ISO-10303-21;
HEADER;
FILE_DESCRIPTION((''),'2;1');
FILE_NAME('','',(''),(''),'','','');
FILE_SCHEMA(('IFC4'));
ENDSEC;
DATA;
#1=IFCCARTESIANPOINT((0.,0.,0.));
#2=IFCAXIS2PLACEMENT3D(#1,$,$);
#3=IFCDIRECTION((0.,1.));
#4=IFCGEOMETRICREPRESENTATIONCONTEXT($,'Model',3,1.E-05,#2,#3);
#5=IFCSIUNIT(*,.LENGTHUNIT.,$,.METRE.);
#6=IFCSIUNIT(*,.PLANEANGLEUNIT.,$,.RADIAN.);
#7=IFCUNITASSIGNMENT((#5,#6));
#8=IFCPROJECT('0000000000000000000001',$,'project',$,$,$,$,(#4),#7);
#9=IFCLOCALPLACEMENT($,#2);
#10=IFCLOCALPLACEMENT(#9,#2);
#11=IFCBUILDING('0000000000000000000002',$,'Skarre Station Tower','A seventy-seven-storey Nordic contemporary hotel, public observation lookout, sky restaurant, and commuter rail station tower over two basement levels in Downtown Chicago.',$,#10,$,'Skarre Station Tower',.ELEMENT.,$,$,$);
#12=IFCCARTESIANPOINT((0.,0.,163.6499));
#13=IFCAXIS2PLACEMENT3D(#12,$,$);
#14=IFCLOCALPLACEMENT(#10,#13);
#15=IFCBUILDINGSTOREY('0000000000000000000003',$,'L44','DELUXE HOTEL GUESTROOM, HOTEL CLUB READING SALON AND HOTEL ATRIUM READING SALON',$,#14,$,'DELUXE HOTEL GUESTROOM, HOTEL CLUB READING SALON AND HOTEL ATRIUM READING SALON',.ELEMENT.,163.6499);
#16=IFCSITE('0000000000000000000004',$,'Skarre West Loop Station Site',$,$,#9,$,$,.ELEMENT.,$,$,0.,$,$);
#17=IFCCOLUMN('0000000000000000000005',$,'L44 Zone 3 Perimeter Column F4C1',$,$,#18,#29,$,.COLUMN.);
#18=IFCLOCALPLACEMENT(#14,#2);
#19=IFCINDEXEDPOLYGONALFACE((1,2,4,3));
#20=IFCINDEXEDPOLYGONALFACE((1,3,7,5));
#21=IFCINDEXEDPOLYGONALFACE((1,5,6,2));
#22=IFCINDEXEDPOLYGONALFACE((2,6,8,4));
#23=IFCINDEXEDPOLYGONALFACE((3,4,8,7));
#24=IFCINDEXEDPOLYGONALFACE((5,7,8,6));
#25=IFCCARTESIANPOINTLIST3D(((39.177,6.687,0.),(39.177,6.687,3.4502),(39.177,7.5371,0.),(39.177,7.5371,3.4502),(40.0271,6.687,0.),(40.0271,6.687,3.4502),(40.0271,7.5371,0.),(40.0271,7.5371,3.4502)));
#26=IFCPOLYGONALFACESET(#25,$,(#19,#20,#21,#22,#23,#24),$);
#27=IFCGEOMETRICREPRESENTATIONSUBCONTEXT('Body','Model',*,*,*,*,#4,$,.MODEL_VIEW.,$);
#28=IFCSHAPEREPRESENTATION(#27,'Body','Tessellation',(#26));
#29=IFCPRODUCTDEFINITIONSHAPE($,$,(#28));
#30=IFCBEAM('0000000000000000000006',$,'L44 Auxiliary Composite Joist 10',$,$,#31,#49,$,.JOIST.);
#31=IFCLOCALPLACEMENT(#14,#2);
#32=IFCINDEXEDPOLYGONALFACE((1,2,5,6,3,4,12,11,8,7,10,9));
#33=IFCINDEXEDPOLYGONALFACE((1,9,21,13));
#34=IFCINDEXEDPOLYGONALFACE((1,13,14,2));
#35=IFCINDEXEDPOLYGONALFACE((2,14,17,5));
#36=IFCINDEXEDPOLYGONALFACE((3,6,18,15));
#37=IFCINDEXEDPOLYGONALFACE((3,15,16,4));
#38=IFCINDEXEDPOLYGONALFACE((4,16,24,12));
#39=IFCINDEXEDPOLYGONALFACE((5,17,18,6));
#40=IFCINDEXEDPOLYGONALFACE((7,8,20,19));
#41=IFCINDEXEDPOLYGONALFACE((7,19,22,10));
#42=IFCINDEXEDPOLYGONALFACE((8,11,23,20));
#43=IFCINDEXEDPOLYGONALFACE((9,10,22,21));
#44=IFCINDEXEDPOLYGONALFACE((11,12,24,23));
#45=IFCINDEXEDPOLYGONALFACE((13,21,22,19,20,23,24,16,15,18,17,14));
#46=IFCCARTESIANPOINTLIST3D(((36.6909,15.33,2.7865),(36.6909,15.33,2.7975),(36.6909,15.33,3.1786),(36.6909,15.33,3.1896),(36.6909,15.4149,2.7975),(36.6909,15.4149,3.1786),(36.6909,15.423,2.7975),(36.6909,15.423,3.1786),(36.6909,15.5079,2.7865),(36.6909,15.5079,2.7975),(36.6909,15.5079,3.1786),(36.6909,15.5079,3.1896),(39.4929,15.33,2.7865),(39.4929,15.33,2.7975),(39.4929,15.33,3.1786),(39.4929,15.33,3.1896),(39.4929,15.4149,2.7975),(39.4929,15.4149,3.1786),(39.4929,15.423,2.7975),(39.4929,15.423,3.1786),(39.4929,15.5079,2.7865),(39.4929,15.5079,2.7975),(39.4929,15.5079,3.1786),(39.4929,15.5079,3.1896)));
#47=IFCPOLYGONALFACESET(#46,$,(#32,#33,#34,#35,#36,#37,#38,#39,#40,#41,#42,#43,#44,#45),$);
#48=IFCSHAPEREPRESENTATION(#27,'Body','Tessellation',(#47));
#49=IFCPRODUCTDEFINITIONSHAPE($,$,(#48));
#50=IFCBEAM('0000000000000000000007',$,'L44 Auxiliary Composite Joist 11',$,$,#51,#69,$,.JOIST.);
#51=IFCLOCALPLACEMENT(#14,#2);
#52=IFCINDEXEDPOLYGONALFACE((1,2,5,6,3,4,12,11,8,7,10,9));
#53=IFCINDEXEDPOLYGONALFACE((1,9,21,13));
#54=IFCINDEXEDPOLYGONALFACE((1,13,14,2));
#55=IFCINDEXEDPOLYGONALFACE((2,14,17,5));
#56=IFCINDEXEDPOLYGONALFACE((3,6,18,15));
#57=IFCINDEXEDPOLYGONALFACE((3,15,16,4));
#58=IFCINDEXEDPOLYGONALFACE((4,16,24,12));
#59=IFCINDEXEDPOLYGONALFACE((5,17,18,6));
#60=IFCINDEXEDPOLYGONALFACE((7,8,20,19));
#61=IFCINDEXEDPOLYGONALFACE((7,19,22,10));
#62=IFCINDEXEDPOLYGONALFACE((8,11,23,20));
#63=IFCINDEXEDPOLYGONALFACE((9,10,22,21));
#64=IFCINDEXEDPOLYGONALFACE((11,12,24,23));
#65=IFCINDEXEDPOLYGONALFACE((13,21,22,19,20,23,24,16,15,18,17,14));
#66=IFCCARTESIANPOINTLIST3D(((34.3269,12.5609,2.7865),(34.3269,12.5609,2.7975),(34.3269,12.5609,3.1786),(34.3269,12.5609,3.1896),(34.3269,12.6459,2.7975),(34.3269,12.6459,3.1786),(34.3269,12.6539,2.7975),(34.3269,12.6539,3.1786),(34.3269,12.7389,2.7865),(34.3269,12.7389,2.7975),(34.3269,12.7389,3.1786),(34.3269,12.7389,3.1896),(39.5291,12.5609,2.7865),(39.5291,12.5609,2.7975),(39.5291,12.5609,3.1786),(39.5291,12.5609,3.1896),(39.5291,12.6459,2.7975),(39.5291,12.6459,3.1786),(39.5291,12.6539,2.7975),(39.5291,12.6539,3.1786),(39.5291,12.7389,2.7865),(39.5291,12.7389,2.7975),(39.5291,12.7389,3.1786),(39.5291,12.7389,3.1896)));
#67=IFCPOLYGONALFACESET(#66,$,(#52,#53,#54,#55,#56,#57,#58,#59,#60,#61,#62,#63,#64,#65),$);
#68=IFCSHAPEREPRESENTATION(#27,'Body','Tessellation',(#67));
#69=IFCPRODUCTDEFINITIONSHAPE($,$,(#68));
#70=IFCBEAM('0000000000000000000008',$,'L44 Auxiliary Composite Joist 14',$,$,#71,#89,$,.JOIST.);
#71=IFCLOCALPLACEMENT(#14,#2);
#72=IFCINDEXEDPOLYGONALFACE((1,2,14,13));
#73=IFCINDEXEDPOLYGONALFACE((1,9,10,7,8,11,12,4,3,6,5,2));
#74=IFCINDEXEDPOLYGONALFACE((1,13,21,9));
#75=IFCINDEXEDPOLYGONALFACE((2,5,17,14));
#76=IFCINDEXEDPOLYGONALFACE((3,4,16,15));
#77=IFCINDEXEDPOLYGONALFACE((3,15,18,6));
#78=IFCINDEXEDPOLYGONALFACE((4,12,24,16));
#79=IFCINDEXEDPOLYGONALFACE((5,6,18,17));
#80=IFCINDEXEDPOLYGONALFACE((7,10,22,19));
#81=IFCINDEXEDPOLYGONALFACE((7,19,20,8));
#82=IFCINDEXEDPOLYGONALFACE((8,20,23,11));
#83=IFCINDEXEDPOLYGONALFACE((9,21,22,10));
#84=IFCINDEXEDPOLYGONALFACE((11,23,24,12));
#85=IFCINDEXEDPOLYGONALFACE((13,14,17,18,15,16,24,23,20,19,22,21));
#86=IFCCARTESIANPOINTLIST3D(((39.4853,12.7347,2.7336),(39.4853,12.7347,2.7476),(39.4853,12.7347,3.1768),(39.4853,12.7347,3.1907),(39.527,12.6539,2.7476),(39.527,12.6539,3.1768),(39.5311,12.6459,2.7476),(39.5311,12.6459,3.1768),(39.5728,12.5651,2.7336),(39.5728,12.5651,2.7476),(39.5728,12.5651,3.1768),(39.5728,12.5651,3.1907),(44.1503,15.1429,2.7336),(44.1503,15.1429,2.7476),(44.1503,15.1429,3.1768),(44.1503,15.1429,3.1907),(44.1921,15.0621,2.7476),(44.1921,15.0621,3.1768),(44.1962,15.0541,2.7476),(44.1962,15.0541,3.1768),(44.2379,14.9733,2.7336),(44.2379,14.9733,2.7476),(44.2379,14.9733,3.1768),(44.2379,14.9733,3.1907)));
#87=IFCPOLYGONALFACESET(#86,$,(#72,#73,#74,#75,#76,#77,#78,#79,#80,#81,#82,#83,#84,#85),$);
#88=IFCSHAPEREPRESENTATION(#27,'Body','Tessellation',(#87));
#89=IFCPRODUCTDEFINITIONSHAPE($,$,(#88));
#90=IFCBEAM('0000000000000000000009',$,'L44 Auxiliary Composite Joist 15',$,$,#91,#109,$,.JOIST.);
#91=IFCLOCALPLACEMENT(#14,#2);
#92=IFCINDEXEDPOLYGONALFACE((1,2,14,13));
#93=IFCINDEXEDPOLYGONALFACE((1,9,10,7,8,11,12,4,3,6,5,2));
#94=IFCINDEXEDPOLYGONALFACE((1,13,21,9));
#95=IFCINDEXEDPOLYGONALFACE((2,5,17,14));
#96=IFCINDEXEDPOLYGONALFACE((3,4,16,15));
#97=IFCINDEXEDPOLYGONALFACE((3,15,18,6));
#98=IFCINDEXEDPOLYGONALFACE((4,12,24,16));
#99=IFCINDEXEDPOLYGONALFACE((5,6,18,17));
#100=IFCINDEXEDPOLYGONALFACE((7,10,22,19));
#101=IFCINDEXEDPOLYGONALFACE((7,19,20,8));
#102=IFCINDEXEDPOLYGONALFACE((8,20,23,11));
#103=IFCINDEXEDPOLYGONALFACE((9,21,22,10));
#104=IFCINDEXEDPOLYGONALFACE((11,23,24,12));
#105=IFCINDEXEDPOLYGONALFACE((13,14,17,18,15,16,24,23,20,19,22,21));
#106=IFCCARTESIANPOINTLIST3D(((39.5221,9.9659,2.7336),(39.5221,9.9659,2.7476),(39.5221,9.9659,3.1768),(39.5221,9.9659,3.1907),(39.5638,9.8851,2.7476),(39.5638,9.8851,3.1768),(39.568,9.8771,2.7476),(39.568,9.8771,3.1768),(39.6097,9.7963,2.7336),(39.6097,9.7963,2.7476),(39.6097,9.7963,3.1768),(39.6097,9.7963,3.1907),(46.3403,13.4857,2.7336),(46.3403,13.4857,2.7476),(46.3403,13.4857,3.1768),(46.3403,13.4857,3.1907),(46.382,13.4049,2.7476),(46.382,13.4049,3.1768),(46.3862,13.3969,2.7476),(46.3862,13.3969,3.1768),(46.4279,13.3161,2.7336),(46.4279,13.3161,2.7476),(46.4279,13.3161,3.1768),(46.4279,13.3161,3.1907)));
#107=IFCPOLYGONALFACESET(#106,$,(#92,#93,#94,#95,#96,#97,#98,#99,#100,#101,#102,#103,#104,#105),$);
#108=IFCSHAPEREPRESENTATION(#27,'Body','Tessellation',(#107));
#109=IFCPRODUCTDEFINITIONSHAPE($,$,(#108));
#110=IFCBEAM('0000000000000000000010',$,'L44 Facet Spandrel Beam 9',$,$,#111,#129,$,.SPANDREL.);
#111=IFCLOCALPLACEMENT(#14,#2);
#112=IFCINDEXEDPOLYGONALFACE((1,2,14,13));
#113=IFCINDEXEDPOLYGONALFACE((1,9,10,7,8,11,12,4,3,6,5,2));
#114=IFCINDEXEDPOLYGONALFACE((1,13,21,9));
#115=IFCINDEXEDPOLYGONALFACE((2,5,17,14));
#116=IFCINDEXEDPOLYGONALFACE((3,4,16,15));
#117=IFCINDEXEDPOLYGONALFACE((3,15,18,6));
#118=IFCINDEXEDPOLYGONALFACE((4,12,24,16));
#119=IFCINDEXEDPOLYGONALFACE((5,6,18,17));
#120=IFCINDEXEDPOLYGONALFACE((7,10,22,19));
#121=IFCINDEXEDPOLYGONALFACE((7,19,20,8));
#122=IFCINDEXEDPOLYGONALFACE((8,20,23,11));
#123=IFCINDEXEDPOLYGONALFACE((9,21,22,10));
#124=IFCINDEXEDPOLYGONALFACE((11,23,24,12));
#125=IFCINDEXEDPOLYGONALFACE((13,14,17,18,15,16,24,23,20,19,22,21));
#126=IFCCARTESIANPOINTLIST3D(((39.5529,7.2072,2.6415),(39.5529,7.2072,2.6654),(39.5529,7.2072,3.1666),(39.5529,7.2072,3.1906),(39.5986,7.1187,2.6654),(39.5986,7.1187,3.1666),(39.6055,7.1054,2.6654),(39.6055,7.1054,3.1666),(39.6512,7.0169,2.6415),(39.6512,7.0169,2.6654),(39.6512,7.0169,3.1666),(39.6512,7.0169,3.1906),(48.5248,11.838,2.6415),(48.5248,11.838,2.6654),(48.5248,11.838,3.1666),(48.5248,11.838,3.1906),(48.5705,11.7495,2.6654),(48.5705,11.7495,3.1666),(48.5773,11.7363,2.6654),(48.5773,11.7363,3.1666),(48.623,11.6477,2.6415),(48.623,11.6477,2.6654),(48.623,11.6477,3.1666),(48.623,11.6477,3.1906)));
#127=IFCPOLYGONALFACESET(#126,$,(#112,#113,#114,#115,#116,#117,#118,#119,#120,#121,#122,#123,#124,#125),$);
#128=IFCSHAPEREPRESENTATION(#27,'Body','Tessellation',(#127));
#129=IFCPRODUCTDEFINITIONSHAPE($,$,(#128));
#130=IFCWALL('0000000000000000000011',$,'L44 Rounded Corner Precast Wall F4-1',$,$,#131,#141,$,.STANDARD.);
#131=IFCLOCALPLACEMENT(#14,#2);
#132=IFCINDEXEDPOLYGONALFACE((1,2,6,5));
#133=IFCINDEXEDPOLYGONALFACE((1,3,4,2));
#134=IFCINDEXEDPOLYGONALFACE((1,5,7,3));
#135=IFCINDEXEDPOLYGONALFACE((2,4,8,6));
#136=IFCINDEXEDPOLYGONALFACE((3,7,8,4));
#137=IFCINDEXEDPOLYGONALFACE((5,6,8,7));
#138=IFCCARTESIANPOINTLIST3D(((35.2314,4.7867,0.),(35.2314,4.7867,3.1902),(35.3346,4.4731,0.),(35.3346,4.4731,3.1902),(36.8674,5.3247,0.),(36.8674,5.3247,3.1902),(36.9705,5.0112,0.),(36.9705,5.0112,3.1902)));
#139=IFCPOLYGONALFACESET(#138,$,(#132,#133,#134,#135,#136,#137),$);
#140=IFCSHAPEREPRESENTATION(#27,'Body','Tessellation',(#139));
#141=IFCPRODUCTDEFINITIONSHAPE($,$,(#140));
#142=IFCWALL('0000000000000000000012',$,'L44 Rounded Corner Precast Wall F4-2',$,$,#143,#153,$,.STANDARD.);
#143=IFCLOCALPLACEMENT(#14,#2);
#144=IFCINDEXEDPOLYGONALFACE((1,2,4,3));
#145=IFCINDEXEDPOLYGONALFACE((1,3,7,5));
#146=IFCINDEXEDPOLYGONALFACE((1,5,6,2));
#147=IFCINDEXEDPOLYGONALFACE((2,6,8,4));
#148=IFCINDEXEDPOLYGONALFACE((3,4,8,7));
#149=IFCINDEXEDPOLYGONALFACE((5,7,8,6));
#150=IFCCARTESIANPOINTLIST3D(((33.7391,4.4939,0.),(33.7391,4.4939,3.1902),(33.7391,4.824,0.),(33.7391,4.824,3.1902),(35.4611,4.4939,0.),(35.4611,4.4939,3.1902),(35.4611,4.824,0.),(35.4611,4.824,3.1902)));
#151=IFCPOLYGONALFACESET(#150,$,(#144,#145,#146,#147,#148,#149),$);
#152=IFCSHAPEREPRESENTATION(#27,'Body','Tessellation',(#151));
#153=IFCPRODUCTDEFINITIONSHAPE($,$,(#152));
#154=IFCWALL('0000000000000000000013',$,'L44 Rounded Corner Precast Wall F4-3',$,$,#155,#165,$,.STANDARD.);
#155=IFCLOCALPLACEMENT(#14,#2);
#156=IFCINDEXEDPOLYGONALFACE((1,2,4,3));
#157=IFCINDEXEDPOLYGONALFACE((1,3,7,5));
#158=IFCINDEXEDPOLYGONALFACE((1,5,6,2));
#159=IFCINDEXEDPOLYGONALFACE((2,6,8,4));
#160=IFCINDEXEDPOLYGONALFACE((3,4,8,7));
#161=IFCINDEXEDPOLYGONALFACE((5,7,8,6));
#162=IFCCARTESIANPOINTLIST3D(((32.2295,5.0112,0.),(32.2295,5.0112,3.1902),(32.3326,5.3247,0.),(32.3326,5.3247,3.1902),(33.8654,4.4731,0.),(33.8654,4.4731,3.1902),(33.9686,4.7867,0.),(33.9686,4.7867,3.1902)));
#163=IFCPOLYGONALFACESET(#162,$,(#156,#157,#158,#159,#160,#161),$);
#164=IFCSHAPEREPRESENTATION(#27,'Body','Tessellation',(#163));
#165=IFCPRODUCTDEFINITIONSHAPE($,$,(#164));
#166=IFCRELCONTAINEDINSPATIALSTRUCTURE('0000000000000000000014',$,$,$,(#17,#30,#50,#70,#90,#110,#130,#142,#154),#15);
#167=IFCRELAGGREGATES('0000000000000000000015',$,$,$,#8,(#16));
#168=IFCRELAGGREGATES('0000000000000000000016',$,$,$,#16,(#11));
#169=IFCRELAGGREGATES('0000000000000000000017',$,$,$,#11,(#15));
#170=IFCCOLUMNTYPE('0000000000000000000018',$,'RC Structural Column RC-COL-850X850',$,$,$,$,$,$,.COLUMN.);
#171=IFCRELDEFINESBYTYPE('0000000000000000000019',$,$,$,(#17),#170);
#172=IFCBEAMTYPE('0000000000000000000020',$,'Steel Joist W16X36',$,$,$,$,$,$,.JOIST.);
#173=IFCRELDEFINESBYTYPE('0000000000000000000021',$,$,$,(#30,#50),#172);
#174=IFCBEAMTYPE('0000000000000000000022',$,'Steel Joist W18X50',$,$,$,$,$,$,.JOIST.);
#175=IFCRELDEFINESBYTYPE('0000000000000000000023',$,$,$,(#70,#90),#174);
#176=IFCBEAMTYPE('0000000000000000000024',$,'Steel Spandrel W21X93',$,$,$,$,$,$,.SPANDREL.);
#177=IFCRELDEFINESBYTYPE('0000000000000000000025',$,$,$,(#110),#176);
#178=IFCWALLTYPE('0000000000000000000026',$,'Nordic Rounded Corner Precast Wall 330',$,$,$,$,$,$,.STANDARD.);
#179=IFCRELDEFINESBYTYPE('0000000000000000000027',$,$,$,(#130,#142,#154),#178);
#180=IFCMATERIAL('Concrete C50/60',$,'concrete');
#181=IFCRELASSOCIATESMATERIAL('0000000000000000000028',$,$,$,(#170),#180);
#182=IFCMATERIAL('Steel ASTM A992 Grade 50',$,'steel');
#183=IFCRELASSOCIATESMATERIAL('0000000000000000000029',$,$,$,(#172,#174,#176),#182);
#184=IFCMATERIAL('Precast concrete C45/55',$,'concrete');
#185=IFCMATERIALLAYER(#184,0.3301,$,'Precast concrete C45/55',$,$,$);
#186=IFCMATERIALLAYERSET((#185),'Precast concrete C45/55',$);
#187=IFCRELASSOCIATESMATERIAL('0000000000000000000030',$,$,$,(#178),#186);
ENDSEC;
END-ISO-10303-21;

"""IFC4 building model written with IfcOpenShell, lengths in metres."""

from ifc_helpers import new_model, si_unit, direction, frame, frame_2d, origin, origin_2d, place, context, subcontext, project, spatial, rectangle, i_section, extrude, material, layer, layer_set, material_profile, profile_set, type_object, element, save


model = new_model("IFC4")

# Units and contexts
model_context = context("Model", 3, precision=1e-05, world=origin(), true_north=direction((0.0, 1.0)))
body_context = subcontext(model_context, "Body", "Model", "MODEL_VIEW")
ifc_project = project(units=[si_unit("LENGTHUNIT", "METRE"), si_unit("PLANEANGLEUNIT", "RADIAN")], contexts=[model_context])

# Site, building, storey
site_placement = place(None, origin())
site = spatial("IfcSite", under=ifc_project, at=site_placement, Name="Skarre West Loop Station Site", CompositionType="ELEMENT", RefElevation=0.0)
building_placement = place(site_placement, origin())
building = spatial("IfcBuilding", under=site, at=building_placement, Name="Skarre Station Tower", Description="A seventy-seven-storey Nordic contemporary hotel, public observation lookout, sky restaurant, and commuter rail station tower over two basement levels in Downtown Chicago.", LongName="Skarre Station Tower", CompositionType="ELEMENT")
storey_placement = place(building_placement, frame((0.0, 0.0, 163.6499)))
storey = spatial("IfcBuildingStorey", under=building, at=storey_placement, Name="L44", Description="DELUXE HOTEL GUESTROOM, HOTEL CLUB READING SALON AND HOTEL ATRIUM READING SALON", LongName="DELUXE HOTEL GUESTROOM, HOTEL CLUB READING SALON AND HOTEL ATRIUM READING SALON", CompositionType="ELEMENT", Elevation=163.6499)

# Column
ifc_material_1 = material(Name="Concrete C50/60", Category="concrete")
ifc_material_profile_1 = material_profile(ifc_material_1, rectangle(XDim=0.8501, YDim=0.8501, at=origin_2d()), Name="Concrete C50/60")
ifc_profile_set_1 = profile_set([ifc_material_profile_1], Name="Concrete C50/60")
column_type = type_object("IfcColumnType", Name="RC Structural Column RC-COL-850X850", PredefinedType="COLUMN", material=ifc_profile_set_1)
column_placement = place(storey_placement, frame((39.6021, 7.1121, 0.0), z_axis=(0.0, 0.0, 1.0), x_axis=(1.0, 0.0, 0.0)))
element("IfcColumn", 1, at=column_placement, inside=storey, type_object=column_type, Name="L44 Zone 3 Perimeter Column F4C1", PredefinedType="COLUMN", context=body_context, shape_type="SweptSolid", body=[
    extrude(rectangle(XDim=0.8501, YDim=0.8501, at=origin_2d()), origin(), (0.0, 0.0, 1.0), 3.4502),
])

# Beams
ifc_material_2 = material(Name="Steel ASTM A992 Grade 50", Category="steel")
ifc_material_profile_2 = material_profile(ifc_material_2, i_section(OverallWidth=0.178, OverallDepth=0.4031, WebThickness=0.0081, FlangeThickness=0.011, at=origin_2d()), Name="Steel ASTM A992 Grade 50")
ifc_profile_set_2 = profile_set([ifc_material_profile_2], Name="Steel ASTM A992 Grade 50")
beam_type_1 = type_object("IfcBeamType", Name="Steel Joist W16X36", PredefinedType="JOIST", material=ifc_profile_set_2)
beam_1_placement = place(storey_placement, frame((36.6909, 15.4189, 2.988), z_axis=(1.0, 0.0, 0.0), x_axis=(0.0, 1.0, 0.0)))
element("IfcBeam", 2, at=beam_1_placement, inside=storey, type_object=beam_type_1, Name="L44 Auxiliary Composite Joist 10", PredefinedType="JOIST", context=body_context, shape_type="SweptSolid", body=[
    extrude(i_section(OverallWidth=0.178, OverallDepth=0.4031, WebThickness=0.0081, FlangeThickness=0.011, at=origin_2d()), origin(), (0.0, 0.0, 1.0), 2.802),
])
beam_2_placement = place(storey_placement, frame((34.3269, 12.6499, 2.988), z_axis=(1.0, 0.0, 0.0), x_axis=(0.0, 1.0, 0.0)))
element("IfcBeam", 3, at=beam_2_placement, inside=storey, type_object=beam_type_1, Name="L44 Auxiliary Composite Joist 11", PredefinedType="JOIST", context=body_context, shape_type="SweptSolid", body=[
    extrude(i_section(OverallWidth=0.178, OverallDepth=0.4031, WebThickness=0.0081, FlangeThickness=0.011, at=origin_2d()), origin(), (0.0, 0.0, 1.0), 5.2021),
])
ifc_material_profile_3 = material_profile(ifc_material_2, i_section(OverallWidth=0.1909, OverallDepth=0.457, WebThickness=0.009, FlangeThickness=0.0139, at=origin_2d()), Name="Steel ASTM A992 Grade 50")
ifc_profile_set_3 = profile_set([ifc_material_profile_3], Name="Steel ASTM A992 Grade 50")
beam_type_2 = type_object("IfcBeamType", Name="Steel Joist W18X50", PredefinedType="JOIST", material=ifc_profile_set_3)
beam_3_placement = place(storey_placement, frame((39.5291, 12.6499, 2.9622), z_axis=(0.888586, 0.458709, 0.0), x_axis=(-0.458709, 0.888586, 0.0)))
element("IfcBeam", 4, at=beam_3_placement, inside=storey, type_object=beam_type_2, Name="L44 Auxiliary Composite Joist 14", PredefinedType="JOIST", context=body_context, shape_type="SweptSolid", body=[
    extrude(i_section(OverallWidth=0.1909, OverallDepth=0.457, WebThickness=0.009, FlangeThickness=0.0139, at=origin_2d()), origin(), (0.0, 0.0, 1.0), 5.25),
])
beam_4_placement = place(storey_placement, frame((39.5659, 9.8811, 2.9622), z_axis=(0.888581, 0.45872, 0.0), x_axis=(-0.45872, 0.888581, 0.0)))
element("IfcBeam", 5, at=beam_4_placement, inside=storey, type_object=beam_type_2, Name="L44 Auxiliary Composite Joist 15", PredefinedType="JOIST", context=body_context, shape_type="SweptSolid", body=[
    extrude(i_section(OverallWidth=0.1909, OverallDepth=0.457, WebThickness=0.009, FlangeThickness=0.0139, at=origin_2d()), origin(), (0.0, 0.0, 1.0), 7.6731),
])
ifc_material_profile_4 = material_profile(ifc_material_2, i_section(OverallWidth=0.2141, OverallDepth=0.5491, WebThickness=0.0149, FlangeThickness=0.0239, at=origin_2d()), Name="Steel ASTM A992 Grade 50")
ifc_profile_set_4 = profile_set([ifc_material_profile_4], Name="Steel ASTM A992 Grade 50")
beam_type_3 = type_object("IfcBeamType", Name="Steel Spandrel W21X93", PredefinedType="SPANDREL", material=ifc_profile_set_4)
beam_5_placement = place(storey_placement, frame((39.6021, 7.1121, 2.916), z_axis=(0.888613, 0.458658, 0.0), x_axis=(-0.458658, 0.888613, 0.0)))
element("IfcBeam", 6, at=beam_5_placement, inside=storey, type_object=beam_type_3, Name="L44 Facet Spandrel Beam 9", PredefinedType="SPANDREL", context=body_context, shape_type="SweptSolid", body=[
    extrude(i_section(OverallWidth=0.2141, OverallDepth=0.5491, WebThickness=0.0149, FlangeThickness=0.0239, at=origin_2d()), origin(), (0.0, 0.0, 1.0), 10.0964),
])

# Walls
ifc_material_3 = material(Name="Precast concrete C45/55", Category="concrete")
ifc_layer_1 = layer(ifc_material_3, 0.3301, Name="Precast concrete C45/55")
ifc_layer_set_1 = layer_set([ifc_layer_1], Name="Precast concrete C45/55")
wall_type_1 = type_object("IfcWallType", Name="Nordic Rounded Corner Precast Wall 330", PredefinedType="STANDARD", material=ifc_layer_set_1)
wall_1_placement = place(storey_placement, frame((36.9189, 5.168, 0.0), z_axis=(0.0, 0.0, 1.0), x_axis=(-0.949937, -0.31244, 0.0)))
element("IfcWall", 7, at=wall_1_placement, inside=storey, type_object=wall_type_1, Name="L44 Rounded Corner Precast Wall F4-1", PredefinedType="STANDARD", context=body_context, shape_type="SweptSolid", body=[
    extrude(rectangle(XDim=1.7222, YDim=0.3301, at=frame_2d((0.8611, 0.0))), origin(), (0.0, 0.0, 1.0), 3.1902),
])
wall_2_placement = place(storey_placement, frame((35.4609, 4.6589, 0.0), z_axis=(0.0, 0.0, 1.0), x_axis=(-1.0, 0.0, 0.0)))
element("IfcWall", 8, at=wall_2_placement, inside=storey, type_object=wall_type_1, Name="L44 Rounded Corner Precast Wall F4-2", PredefinedType="STANDARD", context=body_context, shape_type="SweptSolid", body=[
    extrude(rectangle(XDim=1.7219, YDim=0.3301, at=frame_2d((0.8608, 0.0))), origin(), (0.0, 0.0, 1.0), 3.1902),
])
wall_3_placement = place(storey_placement, frame((33.917, 4.6299, 0.0), z_axis=(0.0, 0.0, 1.0), x_axis=(-0.949937, 0.31244, 0.0)))
element("IfcWall", 9, at=wall_3_placement, inside=storey, type_object=wall_type_1, Name="L44 Rounded Corner Precast Wall F4-3", PredefinedType="STANDARD", context=body_context, shape_type="SweptSolid", body=[
    extrude(rectangle(XDim=1.7222, YDim=0.3301, at=frame_2d((0.8611, 0.0))), origin(), (0.0, 0.0, 1.0), 3.1902),
])

save(model, "model.ifc")
